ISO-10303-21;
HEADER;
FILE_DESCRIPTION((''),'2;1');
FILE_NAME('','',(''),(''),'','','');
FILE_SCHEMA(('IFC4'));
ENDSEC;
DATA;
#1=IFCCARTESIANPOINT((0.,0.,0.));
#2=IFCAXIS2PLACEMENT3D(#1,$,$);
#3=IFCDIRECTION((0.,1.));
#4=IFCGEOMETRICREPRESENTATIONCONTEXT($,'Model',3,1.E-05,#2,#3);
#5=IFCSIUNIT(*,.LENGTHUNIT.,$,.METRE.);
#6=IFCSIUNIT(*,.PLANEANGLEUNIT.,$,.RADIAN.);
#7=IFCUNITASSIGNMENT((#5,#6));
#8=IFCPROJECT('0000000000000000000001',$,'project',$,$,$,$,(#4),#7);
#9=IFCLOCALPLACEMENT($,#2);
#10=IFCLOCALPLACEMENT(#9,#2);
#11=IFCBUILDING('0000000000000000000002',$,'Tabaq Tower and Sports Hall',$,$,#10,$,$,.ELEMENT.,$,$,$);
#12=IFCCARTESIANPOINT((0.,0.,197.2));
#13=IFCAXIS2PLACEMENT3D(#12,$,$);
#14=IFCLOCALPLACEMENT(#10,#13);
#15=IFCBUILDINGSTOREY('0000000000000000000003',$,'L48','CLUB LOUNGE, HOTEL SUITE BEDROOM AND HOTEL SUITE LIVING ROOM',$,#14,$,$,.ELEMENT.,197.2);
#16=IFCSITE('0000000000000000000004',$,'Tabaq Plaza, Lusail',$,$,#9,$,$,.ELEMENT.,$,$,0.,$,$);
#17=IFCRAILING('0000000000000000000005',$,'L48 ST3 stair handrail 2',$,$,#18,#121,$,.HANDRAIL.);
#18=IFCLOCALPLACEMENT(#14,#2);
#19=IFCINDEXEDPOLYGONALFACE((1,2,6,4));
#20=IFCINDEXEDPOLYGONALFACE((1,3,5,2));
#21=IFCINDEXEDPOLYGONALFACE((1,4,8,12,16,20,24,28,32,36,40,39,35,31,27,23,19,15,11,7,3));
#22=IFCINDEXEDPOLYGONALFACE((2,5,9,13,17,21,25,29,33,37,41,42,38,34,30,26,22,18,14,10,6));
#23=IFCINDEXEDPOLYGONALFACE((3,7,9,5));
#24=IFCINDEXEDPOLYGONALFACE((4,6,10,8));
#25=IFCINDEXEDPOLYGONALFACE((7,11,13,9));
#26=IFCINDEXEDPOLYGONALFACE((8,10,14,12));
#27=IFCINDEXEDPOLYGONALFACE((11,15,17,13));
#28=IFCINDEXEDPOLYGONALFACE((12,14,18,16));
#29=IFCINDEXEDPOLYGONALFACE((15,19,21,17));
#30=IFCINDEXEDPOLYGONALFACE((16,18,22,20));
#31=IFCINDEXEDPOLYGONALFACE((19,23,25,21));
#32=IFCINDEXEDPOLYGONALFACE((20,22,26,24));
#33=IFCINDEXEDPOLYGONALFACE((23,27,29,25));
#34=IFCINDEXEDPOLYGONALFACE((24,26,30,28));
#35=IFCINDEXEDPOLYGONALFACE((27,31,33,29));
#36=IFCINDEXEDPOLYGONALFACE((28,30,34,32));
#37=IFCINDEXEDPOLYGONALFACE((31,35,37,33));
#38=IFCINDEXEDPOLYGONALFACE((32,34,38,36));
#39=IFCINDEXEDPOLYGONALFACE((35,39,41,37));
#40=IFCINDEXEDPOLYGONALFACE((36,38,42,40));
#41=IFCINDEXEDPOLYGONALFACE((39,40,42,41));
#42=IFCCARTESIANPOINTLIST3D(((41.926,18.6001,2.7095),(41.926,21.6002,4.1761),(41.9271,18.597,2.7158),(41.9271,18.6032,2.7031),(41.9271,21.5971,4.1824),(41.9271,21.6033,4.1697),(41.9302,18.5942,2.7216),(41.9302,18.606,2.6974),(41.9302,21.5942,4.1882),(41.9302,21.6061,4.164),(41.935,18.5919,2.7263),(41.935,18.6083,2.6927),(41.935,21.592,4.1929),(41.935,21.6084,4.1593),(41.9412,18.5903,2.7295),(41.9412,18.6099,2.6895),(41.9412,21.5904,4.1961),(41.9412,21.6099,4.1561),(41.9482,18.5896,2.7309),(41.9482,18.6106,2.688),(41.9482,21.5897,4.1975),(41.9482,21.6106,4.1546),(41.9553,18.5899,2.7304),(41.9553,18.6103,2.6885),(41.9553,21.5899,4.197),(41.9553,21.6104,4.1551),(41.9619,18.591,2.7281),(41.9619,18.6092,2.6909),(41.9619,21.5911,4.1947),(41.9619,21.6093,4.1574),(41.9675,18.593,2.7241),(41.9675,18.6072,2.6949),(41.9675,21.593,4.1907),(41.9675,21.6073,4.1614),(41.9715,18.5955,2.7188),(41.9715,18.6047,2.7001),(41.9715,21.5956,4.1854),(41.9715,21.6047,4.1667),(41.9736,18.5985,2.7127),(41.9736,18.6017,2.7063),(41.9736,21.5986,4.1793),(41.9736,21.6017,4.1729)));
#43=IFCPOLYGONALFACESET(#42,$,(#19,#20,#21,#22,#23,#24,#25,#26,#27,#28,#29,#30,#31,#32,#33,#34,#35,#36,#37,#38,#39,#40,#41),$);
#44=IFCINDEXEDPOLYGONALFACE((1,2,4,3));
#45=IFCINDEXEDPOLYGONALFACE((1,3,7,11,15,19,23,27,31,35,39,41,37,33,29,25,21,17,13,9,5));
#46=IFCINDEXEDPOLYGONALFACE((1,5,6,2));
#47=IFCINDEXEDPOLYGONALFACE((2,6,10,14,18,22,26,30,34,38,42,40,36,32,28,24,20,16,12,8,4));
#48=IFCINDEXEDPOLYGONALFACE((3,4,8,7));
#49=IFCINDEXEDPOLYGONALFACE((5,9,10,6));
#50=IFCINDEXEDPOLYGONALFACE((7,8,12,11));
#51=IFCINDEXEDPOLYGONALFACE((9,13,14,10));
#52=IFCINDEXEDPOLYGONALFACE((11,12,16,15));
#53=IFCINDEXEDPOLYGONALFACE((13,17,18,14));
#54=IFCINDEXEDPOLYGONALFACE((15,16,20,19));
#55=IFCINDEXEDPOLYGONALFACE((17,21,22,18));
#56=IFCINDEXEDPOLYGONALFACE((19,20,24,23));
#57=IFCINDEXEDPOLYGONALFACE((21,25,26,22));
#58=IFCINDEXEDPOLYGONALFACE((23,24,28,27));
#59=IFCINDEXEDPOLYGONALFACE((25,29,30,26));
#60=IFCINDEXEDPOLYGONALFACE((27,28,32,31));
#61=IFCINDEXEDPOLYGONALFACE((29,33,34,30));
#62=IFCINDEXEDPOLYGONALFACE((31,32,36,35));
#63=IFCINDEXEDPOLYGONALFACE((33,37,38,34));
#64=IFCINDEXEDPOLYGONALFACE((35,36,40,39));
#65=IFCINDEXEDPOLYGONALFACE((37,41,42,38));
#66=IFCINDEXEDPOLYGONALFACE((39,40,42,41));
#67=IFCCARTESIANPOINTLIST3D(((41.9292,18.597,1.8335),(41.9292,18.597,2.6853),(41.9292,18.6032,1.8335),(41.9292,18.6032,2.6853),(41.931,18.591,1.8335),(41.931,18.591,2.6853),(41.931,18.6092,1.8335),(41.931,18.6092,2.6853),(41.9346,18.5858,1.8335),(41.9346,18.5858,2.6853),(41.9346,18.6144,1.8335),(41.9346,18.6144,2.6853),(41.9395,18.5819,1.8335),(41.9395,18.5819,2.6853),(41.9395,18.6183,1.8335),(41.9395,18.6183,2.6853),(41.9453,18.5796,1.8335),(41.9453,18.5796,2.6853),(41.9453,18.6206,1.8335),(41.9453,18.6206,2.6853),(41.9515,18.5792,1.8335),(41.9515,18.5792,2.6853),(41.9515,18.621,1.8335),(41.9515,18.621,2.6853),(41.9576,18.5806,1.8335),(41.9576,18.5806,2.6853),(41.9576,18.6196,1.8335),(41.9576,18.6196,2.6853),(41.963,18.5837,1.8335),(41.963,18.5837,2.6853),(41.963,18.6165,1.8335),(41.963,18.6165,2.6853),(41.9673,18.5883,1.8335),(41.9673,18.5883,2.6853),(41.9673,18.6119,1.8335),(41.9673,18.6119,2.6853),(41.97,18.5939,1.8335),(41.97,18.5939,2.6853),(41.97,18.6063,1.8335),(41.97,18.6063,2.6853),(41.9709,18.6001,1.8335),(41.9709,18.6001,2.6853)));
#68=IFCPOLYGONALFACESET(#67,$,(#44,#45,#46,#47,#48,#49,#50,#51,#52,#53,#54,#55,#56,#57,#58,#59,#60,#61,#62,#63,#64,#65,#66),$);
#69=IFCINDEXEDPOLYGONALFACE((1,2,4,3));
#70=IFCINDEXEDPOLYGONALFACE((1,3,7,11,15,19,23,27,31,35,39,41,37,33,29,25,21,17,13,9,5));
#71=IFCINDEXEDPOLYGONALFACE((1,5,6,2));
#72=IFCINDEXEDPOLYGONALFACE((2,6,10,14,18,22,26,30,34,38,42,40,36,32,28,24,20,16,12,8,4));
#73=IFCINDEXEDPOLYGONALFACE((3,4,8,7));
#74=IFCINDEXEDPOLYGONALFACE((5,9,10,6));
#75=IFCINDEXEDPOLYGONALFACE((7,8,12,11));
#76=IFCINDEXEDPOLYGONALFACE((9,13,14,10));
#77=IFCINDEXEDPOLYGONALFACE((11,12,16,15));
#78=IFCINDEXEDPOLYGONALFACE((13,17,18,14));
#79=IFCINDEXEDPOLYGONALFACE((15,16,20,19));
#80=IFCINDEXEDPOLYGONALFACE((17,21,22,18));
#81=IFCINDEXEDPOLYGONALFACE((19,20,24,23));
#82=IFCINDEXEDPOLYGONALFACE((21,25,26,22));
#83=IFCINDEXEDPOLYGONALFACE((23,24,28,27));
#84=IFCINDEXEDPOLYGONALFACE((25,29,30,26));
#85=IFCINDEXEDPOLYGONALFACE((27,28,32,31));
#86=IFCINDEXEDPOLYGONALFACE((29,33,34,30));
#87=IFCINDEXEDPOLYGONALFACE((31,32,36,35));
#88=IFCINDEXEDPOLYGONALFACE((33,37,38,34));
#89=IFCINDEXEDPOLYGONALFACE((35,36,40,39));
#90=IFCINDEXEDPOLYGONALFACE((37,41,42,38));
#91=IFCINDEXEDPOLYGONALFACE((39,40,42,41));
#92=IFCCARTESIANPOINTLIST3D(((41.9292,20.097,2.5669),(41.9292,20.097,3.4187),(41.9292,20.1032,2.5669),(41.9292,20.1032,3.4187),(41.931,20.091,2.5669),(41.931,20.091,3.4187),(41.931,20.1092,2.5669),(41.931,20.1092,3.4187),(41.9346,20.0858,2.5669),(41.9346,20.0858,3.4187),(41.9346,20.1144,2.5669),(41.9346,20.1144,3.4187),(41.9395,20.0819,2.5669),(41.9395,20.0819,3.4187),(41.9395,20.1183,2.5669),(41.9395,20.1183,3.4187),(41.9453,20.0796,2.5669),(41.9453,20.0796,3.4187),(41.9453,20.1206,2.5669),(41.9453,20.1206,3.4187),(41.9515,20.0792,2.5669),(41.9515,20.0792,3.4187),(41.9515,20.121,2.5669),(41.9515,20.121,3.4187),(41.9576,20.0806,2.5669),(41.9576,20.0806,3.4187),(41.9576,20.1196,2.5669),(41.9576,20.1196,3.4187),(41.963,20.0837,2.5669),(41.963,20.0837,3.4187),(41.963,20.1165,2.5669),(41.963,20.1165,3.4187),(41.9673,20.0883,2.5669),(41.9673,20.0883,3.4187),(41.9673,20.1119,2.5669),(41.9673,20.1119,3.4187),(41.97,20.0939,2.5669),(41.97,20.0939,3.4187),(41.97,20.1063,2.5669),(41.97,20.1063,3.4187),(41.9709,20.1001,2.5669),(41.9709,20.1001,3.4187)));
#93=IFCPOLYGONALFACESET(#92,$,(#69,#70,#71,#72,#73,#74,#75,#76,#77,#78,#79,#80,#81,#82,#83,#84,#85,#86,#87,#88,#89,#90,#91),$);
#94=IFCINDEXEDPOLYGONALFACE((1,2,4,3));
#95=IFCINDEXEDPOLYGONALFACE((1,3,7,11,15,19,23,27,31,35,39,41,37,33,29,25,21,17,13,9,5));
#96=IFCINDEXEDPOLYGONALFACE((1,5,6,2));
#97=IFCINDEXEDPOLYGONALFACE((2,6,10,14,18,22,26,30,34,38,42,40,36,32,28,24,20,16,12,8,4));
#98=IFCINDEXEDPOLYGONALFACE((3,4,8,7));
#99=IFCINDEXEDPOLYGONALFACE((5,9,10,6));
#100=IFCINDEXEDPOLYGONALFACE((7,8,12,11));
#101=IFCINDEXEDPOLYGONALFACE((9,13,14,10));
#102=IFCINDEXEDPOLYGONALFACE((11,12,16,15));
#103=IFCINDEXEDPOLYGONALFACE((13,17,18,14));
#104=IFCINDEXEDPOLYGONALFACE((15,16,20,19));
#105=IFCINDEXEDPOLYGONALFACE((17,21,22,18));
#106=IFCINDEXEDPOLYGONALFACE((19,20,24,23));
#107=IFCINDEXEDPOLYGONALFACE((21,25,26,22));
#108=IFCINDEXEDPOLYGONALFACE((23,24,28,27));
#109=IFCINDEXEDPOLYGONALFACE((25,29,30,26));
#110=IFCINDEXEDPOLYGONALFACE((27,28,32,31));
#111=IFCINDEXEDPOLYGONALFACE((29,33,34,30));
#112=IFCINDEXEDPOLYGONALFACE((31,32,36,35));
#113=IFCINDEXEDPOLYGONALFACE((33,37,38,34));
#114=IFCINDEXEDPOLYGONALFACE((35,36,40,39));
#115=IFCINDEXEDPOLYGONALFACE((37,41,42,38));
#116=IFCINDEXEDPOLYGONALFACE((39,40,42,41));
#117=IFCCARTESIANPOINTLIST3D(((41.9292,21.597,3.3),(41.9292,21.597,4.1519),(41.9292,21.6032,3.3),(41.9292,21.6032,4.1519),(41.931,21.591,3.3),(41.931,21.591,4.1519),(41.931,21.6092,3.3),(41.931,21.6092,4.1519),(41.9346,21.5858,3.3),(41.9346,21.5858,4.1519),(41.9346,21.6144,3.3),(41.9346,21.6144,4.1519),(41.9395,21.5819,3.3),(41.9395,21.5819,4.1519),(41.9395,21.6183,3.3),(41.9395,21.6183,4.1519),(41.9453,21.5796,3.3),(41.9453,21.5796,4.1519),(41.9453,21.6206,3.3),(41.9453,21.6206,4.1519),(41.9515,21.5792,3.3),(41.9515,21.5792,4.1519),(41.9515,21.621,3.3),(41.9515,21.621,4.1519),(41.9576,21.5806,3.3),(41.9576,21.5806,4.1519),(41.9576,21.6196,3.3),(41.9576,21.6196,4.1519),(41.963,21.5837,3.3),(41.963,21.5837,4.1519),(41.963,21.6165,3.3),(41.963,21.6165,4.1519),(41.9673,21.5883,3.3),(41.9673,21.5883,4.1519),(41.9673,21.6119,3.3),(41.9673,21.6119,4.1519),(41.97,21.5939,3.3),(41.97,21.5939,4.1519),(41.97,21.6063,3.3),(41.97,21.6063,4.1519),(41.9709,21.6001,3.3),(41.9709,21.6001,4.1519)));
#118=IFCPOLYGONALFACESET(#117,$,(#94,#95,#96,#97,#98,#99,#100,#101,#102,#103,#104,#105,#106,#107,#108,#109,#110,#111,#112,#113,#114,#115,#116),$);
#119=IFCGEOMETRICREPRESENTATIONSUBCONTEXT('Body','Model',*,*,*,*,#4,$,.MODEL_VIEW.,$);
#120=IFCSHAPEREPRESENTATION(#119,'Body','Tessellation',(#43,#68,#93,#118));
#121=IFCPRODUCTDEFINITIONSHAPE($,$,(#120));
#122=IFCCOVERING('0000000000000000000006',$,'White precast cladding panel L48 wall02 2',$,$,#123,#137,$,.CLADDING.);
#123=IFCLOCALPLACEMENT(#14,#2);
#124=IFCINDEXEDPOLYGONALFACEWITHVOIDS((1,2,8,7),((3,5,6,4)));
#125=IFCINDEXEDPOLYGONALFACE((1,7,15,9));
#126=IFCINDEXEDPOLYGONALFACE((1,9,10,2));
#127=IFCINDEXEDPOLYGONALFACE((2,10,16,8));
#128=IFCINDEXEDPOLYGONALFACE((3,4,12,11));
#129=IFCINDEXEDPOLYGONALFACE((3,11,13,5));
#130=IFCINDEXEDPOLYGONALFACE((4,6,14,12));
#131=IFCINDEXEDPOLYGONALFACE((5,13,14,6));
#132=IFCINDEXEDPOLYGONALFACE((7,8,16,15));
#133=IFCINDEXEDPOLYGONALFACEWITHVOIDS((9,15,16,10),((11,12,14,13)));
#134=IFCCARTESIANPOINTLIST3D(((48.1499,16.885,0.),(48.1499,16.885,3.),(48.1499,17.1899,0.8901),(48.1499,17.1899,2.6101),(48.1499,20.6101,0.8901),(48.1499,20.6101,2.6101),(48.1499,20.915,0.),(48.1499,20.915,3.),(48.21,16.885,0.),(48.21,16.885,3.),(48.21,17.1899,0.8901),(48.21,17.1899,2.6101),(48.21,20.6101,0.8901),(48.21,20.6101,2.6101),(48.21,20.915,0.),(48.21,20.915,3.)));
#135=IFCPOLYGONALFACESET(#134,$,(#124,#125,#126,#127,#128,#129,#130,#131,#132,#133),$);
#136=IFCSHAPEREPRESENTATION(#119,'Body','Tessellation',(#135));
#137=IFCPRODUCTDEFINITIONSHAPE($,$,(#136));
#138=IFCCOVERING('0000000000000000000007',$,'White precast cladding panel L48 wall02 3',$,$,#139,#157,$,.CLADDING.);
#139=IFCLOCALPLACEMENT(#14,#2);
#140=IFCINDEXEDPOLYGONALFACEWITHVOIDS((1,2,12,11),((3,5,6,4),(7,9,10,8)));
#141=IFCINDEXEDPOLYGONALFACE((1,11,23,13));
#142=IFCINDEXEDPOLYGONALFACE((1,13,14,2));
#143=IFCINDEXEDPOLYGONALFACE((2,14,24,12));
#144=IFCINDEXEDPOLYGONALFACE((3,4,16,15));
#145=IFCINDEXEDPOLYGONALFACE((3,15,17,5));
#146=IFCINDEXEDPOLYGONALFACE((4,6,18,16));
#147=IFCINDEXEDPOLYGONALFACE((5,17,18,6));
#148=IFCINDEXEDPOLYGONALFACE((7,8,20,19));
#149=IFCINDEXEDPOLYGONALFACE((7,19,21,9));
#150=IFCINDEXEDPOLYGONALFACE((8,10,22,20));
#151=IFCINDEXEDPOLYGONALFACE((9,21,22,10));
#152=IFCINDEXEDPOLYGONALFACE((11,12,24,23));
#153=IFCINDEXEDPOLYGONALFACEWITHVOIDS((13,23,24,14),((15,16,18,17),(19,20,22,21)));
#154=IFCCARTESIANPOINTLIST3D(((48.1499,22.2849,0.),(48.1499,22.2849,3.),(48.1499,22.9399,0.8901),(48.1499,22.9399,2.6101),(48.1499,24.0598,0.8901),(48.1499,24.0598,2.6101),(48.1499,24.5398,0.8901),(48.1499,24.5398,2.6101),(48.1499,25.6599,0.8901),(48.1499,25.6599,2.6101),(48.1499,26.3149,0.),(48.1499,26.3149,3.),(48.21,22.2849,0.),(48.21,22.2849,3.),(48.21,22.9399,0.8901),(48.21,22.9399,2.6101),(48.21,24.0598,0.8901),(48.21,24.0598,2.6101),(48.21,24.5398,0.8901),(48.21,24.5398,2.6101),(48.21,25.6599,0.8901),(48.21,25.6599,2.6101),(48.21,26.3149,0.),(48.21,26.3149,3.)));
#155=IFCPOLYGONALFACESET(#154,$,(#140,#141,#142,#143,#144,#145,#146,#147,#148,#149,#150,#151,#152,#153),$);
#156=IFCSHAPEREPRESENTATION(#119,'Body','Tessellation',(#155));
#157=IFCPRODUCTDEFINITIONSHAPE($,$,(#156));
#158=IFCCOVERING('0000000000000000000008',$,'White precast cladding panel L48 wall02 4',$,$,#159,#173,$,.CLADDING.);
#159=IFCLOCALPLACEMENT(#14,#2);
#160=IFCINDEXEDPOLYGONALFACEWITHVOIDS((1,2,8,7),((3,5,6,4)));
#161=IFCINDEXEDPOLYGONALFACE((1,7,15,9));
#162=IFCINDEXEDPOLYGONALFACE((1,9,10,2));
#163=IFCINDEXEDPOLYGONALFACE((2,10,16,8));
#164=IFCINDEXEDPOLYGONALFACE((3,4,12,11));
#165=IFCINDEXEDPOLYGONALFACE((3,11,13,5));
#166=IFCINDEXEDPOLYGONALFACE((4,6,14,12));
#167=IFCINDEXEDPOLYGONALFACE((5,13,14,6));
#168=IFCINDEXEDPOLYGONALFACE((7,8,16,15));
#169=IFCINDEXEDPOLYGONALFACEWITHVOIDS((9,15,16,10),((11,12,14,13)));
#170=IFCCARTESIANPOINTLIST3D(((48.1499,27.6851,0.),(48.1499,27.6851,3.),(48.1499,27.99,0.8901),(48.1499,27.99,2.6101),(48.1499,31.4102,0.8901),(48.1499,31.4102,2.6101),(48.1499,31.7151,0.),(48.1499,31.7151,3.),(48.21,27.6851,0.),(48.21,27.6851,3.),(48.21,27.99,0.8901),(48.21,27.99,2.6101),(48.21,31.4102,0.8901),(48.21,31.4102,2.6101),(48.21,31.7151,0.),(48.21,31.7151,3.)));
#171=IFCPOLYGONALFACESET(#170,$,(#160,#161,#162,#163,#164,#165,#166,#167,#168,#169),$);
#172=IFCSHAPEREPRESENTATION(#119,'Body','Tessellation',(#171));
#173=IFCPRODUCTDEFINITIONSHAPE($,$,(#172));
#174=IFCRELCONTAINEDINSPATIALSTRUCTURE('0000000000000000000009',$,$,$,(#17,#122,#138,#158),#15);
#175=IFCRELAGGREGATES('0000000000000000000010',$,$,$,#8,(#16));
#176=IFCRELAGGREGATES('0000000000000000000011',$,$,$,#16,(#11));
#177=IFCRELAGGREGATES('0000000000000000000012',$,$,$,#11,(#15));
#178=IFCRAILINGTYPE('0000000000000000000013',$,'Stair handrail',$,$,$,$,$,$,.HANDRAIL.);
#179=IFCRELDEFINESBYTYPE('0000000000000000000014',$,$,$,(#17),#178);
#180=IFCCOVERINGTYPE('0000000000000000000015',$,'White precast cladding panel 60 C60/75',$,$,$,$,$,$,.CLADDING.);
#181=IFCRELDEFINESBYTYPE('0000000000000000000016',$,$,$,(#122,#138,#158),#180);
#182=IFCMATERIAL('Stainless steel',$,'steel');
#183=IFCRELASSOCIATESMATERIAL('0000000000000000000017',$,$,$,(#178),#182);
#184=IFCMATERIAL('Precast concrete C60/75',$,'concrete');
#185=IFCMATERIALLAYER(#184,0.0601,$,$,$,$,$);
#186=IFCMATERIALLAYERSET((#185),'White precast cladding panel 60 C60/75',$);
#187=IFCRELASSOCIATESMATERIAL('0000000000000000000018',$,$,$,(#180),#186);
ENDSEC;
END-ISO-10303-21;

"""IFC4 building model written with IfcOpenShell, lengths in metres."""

from ifc_helpers import new_model, si_unit, direction, frame, origin, origin_2d, place, context, subcontext, project, spatial, polyline, circle, outline, extrude, material, layer, layer_set, type_object, element, save


model = new_model("IFC4")

# Units and contexts
model_context = context("Model", 3, precision=1e-05, world=origin(), true_north=direction((0.0, 1.0)))
body_context = subcontext(model_context, "Body", "Model", "MODEL_VIEW")
ifc_project = project(units=[si_unit("LENGTHUNIT", "METRE"), si_unit("PLANEANGLEUNIT", "RADIAN")], contexts=[model_context])

# Site, building, storey
site_placement = place(None, origin())
site = spatial("IfcSite", under=ifc_project, at=site_placement, Name="Tabaq Plaza, Lusail", CompositionType="ELEMENT", RefElevation=0.0)
building_placement = place(site_placement, origin())
building = spatial("IfcBuilding", under=site, at=building_placement, Name="Tabaq Tower and Sports Hall", CompositionType="ELEMENT")
storey_placement = place(building_placement, frame((0.0, 0.0, 197.2)))
storey = spatial("IfcBuildingStorey", under=building, at=storey_placement, Name="L48", Description="CLUB LOUNGE, HOTEL SUITE BEDROOM AND HOTEL SUITE LIVING ROOM", CompositionType="ELEMENT", Elevation=197.2)

# Railing
ifc_material_1 = material(Name="Stainless steel", Category="steel")
railing_type_1 = type_object("IfcRailingType", Name="Stair handrail", PredefinedType="HANDRAIL", material=ifc_material_1)
railing_1_placement = place(storey_placement, frame((41.95, 18.6001, 1.8335)))
element("IfcRailing", 1, at=railing_1_placement, inside=storey, type_object=railing_type_1, Name="L48 ST3 stair handrail 2", PredefinedType="HANDRAIL", context=body_context, shape_type="SweptSolid", body=[
    extrude(circle(Radius=0.0239, at=origin_2d()), frame((0.0, 0.0, 0.876), z_axis=(0.0, 0.898398, 0.439183), x_axis=(-1.0, 0.0, 0.0)), (0.0, 0.0, 1.0), 3.3394),
    extrude(circle(Radius=0.021, at=origin_2d()), origin(), (0.0, 0.0, 1.0), 0.8518),
    extrude(circle(Radius=0.021, at=origin_2d()), frame((0.0, 1.5, 0.7334)), (0.0, 0.0, 1.0), 0.8518),
    extrude(circle(Radius=0.021, at=origin_2d()), frame((0.0, 3.0, 1.4666)), (0.0, 0.0, 1.0), 0.8518),
])

# Coverings
ifc_material_2 = material(Name="Precast concrete C60/75", Category="concrete")
ifc_layer_1 = layer(ifc_material_2, 0.0601)
ifc_layer_set_1 = layer_set([ifc_layer_1], Name="White precast cladding panel 60 C60/75")
covering_type_1 = type_object("IfcCoveringType", Name="White precast cladding panel 60 C60/75", PredefinedType="CLADDING", material=ifc_layer_set_1)
covering_1_placement = place(storey_placement, frame((48.1799, 16.885, 0.0), z_axis=(0.0, 0.0, 1.0), x_axis=(0.0, 1.0, 0.0)))
element("IfcCovering", 2, at=covering_1_placement, inside=storey, type_object=covering_type_1, Name="White precast cladding panel L48 wall02 2", PredefinedType="CLADDING", context=body_context, shape_type="SweptSolid", body=[
    extrude(outline(polyline([(0.0, 0.0), (4.03, 0.0), (4.03, 3.0), (0.0, 3.0), (0.0, 0.0)]), holes=[polyline([(0.3049, 0.8901), (0.3049, 2.6101), (3.7251, 2.6101), (3.7251, 0.8901), (0.3049, 0.8901)])]), frame((0.0, 0.03, 0.0), z_axis=(0.0, -1.0, 0.0), x_axis=(1.0, 0.0, 0.0)), (0.0, 0.0, 1.0), 0.0601),
])
covering_2_placement = place(storey_placement, frame((48.1799, 22.2849, 0.0), z_axis=(0.0, 0.0, 1.0), x_axis=(0.0, 1.0, 0.0)))
element("IfcCovering", 3, at=covering_2_placement, inside=storey, type_object=covering_type_1, Name="White precast cladding panel L48 wall02 3", PredefinedType="CLADDING", context=body_context, shape_type="SweptSolid", body=[
    extrude(outline(polyline([(0.0, 0.0), (4.03, 0.0), (4.03, 3.0), (0.0, 3.0), (0.0, 0.0)]), holes=[polyline([(0.655, 2.6101), (1.7749, 2.6101), (1.7749, 0.8901), (0.655, 0.8901), (0.655, 2.6101)]), polyline([(2.2549, 2.6101), (3.375, 2.6101), (3.375, 0.8901), (2.2549, 0.8901), (2.2549, 2.6101)])]), frame((0.0, 0.03, 0.0), z_axis=(0.0, -1.0, 0.0), x_axis=(1.0, 0.0, 0.0)), (0.0, 0.0, 1.0), 0.0601),
])
covering_3_placement = place(storey_placement, frame((48.1799, 27.6851, 0.0), z_axis=(0.0, 0.0, 1.0), x_axis=(0.0, 1.0, 0.0)))
element("IfcCovering", 4, at=covering_3_placement, inside=storey, type_object=covering_type_1, Name="White precast cladding panel L48 wall02 4", PredefinedType="CLADDING", context=body_context, shape_type="SweptSolid", body=[
    extrude(outline(polyline([(0.0, 0.0), (4.03, 0.0), (4.03, 3.0), (0.0, 3.0), (0.0, 0.0)]), holes=[polyline([(0.3049, 0.8901), (0.3049, 2.6101), (3.7251, 2.6101), (3.7251, 0.8901), (0.3049, 0.8901)])]), frame((0.0, 0.03, 0.0), z_axis=(0.0, -1.0, 0.0), x_axis=(1.0, 0.0, 0.0)), (0.0, 0.0, 1.0), 0.0601),
])

save(model, "model.ifc")
